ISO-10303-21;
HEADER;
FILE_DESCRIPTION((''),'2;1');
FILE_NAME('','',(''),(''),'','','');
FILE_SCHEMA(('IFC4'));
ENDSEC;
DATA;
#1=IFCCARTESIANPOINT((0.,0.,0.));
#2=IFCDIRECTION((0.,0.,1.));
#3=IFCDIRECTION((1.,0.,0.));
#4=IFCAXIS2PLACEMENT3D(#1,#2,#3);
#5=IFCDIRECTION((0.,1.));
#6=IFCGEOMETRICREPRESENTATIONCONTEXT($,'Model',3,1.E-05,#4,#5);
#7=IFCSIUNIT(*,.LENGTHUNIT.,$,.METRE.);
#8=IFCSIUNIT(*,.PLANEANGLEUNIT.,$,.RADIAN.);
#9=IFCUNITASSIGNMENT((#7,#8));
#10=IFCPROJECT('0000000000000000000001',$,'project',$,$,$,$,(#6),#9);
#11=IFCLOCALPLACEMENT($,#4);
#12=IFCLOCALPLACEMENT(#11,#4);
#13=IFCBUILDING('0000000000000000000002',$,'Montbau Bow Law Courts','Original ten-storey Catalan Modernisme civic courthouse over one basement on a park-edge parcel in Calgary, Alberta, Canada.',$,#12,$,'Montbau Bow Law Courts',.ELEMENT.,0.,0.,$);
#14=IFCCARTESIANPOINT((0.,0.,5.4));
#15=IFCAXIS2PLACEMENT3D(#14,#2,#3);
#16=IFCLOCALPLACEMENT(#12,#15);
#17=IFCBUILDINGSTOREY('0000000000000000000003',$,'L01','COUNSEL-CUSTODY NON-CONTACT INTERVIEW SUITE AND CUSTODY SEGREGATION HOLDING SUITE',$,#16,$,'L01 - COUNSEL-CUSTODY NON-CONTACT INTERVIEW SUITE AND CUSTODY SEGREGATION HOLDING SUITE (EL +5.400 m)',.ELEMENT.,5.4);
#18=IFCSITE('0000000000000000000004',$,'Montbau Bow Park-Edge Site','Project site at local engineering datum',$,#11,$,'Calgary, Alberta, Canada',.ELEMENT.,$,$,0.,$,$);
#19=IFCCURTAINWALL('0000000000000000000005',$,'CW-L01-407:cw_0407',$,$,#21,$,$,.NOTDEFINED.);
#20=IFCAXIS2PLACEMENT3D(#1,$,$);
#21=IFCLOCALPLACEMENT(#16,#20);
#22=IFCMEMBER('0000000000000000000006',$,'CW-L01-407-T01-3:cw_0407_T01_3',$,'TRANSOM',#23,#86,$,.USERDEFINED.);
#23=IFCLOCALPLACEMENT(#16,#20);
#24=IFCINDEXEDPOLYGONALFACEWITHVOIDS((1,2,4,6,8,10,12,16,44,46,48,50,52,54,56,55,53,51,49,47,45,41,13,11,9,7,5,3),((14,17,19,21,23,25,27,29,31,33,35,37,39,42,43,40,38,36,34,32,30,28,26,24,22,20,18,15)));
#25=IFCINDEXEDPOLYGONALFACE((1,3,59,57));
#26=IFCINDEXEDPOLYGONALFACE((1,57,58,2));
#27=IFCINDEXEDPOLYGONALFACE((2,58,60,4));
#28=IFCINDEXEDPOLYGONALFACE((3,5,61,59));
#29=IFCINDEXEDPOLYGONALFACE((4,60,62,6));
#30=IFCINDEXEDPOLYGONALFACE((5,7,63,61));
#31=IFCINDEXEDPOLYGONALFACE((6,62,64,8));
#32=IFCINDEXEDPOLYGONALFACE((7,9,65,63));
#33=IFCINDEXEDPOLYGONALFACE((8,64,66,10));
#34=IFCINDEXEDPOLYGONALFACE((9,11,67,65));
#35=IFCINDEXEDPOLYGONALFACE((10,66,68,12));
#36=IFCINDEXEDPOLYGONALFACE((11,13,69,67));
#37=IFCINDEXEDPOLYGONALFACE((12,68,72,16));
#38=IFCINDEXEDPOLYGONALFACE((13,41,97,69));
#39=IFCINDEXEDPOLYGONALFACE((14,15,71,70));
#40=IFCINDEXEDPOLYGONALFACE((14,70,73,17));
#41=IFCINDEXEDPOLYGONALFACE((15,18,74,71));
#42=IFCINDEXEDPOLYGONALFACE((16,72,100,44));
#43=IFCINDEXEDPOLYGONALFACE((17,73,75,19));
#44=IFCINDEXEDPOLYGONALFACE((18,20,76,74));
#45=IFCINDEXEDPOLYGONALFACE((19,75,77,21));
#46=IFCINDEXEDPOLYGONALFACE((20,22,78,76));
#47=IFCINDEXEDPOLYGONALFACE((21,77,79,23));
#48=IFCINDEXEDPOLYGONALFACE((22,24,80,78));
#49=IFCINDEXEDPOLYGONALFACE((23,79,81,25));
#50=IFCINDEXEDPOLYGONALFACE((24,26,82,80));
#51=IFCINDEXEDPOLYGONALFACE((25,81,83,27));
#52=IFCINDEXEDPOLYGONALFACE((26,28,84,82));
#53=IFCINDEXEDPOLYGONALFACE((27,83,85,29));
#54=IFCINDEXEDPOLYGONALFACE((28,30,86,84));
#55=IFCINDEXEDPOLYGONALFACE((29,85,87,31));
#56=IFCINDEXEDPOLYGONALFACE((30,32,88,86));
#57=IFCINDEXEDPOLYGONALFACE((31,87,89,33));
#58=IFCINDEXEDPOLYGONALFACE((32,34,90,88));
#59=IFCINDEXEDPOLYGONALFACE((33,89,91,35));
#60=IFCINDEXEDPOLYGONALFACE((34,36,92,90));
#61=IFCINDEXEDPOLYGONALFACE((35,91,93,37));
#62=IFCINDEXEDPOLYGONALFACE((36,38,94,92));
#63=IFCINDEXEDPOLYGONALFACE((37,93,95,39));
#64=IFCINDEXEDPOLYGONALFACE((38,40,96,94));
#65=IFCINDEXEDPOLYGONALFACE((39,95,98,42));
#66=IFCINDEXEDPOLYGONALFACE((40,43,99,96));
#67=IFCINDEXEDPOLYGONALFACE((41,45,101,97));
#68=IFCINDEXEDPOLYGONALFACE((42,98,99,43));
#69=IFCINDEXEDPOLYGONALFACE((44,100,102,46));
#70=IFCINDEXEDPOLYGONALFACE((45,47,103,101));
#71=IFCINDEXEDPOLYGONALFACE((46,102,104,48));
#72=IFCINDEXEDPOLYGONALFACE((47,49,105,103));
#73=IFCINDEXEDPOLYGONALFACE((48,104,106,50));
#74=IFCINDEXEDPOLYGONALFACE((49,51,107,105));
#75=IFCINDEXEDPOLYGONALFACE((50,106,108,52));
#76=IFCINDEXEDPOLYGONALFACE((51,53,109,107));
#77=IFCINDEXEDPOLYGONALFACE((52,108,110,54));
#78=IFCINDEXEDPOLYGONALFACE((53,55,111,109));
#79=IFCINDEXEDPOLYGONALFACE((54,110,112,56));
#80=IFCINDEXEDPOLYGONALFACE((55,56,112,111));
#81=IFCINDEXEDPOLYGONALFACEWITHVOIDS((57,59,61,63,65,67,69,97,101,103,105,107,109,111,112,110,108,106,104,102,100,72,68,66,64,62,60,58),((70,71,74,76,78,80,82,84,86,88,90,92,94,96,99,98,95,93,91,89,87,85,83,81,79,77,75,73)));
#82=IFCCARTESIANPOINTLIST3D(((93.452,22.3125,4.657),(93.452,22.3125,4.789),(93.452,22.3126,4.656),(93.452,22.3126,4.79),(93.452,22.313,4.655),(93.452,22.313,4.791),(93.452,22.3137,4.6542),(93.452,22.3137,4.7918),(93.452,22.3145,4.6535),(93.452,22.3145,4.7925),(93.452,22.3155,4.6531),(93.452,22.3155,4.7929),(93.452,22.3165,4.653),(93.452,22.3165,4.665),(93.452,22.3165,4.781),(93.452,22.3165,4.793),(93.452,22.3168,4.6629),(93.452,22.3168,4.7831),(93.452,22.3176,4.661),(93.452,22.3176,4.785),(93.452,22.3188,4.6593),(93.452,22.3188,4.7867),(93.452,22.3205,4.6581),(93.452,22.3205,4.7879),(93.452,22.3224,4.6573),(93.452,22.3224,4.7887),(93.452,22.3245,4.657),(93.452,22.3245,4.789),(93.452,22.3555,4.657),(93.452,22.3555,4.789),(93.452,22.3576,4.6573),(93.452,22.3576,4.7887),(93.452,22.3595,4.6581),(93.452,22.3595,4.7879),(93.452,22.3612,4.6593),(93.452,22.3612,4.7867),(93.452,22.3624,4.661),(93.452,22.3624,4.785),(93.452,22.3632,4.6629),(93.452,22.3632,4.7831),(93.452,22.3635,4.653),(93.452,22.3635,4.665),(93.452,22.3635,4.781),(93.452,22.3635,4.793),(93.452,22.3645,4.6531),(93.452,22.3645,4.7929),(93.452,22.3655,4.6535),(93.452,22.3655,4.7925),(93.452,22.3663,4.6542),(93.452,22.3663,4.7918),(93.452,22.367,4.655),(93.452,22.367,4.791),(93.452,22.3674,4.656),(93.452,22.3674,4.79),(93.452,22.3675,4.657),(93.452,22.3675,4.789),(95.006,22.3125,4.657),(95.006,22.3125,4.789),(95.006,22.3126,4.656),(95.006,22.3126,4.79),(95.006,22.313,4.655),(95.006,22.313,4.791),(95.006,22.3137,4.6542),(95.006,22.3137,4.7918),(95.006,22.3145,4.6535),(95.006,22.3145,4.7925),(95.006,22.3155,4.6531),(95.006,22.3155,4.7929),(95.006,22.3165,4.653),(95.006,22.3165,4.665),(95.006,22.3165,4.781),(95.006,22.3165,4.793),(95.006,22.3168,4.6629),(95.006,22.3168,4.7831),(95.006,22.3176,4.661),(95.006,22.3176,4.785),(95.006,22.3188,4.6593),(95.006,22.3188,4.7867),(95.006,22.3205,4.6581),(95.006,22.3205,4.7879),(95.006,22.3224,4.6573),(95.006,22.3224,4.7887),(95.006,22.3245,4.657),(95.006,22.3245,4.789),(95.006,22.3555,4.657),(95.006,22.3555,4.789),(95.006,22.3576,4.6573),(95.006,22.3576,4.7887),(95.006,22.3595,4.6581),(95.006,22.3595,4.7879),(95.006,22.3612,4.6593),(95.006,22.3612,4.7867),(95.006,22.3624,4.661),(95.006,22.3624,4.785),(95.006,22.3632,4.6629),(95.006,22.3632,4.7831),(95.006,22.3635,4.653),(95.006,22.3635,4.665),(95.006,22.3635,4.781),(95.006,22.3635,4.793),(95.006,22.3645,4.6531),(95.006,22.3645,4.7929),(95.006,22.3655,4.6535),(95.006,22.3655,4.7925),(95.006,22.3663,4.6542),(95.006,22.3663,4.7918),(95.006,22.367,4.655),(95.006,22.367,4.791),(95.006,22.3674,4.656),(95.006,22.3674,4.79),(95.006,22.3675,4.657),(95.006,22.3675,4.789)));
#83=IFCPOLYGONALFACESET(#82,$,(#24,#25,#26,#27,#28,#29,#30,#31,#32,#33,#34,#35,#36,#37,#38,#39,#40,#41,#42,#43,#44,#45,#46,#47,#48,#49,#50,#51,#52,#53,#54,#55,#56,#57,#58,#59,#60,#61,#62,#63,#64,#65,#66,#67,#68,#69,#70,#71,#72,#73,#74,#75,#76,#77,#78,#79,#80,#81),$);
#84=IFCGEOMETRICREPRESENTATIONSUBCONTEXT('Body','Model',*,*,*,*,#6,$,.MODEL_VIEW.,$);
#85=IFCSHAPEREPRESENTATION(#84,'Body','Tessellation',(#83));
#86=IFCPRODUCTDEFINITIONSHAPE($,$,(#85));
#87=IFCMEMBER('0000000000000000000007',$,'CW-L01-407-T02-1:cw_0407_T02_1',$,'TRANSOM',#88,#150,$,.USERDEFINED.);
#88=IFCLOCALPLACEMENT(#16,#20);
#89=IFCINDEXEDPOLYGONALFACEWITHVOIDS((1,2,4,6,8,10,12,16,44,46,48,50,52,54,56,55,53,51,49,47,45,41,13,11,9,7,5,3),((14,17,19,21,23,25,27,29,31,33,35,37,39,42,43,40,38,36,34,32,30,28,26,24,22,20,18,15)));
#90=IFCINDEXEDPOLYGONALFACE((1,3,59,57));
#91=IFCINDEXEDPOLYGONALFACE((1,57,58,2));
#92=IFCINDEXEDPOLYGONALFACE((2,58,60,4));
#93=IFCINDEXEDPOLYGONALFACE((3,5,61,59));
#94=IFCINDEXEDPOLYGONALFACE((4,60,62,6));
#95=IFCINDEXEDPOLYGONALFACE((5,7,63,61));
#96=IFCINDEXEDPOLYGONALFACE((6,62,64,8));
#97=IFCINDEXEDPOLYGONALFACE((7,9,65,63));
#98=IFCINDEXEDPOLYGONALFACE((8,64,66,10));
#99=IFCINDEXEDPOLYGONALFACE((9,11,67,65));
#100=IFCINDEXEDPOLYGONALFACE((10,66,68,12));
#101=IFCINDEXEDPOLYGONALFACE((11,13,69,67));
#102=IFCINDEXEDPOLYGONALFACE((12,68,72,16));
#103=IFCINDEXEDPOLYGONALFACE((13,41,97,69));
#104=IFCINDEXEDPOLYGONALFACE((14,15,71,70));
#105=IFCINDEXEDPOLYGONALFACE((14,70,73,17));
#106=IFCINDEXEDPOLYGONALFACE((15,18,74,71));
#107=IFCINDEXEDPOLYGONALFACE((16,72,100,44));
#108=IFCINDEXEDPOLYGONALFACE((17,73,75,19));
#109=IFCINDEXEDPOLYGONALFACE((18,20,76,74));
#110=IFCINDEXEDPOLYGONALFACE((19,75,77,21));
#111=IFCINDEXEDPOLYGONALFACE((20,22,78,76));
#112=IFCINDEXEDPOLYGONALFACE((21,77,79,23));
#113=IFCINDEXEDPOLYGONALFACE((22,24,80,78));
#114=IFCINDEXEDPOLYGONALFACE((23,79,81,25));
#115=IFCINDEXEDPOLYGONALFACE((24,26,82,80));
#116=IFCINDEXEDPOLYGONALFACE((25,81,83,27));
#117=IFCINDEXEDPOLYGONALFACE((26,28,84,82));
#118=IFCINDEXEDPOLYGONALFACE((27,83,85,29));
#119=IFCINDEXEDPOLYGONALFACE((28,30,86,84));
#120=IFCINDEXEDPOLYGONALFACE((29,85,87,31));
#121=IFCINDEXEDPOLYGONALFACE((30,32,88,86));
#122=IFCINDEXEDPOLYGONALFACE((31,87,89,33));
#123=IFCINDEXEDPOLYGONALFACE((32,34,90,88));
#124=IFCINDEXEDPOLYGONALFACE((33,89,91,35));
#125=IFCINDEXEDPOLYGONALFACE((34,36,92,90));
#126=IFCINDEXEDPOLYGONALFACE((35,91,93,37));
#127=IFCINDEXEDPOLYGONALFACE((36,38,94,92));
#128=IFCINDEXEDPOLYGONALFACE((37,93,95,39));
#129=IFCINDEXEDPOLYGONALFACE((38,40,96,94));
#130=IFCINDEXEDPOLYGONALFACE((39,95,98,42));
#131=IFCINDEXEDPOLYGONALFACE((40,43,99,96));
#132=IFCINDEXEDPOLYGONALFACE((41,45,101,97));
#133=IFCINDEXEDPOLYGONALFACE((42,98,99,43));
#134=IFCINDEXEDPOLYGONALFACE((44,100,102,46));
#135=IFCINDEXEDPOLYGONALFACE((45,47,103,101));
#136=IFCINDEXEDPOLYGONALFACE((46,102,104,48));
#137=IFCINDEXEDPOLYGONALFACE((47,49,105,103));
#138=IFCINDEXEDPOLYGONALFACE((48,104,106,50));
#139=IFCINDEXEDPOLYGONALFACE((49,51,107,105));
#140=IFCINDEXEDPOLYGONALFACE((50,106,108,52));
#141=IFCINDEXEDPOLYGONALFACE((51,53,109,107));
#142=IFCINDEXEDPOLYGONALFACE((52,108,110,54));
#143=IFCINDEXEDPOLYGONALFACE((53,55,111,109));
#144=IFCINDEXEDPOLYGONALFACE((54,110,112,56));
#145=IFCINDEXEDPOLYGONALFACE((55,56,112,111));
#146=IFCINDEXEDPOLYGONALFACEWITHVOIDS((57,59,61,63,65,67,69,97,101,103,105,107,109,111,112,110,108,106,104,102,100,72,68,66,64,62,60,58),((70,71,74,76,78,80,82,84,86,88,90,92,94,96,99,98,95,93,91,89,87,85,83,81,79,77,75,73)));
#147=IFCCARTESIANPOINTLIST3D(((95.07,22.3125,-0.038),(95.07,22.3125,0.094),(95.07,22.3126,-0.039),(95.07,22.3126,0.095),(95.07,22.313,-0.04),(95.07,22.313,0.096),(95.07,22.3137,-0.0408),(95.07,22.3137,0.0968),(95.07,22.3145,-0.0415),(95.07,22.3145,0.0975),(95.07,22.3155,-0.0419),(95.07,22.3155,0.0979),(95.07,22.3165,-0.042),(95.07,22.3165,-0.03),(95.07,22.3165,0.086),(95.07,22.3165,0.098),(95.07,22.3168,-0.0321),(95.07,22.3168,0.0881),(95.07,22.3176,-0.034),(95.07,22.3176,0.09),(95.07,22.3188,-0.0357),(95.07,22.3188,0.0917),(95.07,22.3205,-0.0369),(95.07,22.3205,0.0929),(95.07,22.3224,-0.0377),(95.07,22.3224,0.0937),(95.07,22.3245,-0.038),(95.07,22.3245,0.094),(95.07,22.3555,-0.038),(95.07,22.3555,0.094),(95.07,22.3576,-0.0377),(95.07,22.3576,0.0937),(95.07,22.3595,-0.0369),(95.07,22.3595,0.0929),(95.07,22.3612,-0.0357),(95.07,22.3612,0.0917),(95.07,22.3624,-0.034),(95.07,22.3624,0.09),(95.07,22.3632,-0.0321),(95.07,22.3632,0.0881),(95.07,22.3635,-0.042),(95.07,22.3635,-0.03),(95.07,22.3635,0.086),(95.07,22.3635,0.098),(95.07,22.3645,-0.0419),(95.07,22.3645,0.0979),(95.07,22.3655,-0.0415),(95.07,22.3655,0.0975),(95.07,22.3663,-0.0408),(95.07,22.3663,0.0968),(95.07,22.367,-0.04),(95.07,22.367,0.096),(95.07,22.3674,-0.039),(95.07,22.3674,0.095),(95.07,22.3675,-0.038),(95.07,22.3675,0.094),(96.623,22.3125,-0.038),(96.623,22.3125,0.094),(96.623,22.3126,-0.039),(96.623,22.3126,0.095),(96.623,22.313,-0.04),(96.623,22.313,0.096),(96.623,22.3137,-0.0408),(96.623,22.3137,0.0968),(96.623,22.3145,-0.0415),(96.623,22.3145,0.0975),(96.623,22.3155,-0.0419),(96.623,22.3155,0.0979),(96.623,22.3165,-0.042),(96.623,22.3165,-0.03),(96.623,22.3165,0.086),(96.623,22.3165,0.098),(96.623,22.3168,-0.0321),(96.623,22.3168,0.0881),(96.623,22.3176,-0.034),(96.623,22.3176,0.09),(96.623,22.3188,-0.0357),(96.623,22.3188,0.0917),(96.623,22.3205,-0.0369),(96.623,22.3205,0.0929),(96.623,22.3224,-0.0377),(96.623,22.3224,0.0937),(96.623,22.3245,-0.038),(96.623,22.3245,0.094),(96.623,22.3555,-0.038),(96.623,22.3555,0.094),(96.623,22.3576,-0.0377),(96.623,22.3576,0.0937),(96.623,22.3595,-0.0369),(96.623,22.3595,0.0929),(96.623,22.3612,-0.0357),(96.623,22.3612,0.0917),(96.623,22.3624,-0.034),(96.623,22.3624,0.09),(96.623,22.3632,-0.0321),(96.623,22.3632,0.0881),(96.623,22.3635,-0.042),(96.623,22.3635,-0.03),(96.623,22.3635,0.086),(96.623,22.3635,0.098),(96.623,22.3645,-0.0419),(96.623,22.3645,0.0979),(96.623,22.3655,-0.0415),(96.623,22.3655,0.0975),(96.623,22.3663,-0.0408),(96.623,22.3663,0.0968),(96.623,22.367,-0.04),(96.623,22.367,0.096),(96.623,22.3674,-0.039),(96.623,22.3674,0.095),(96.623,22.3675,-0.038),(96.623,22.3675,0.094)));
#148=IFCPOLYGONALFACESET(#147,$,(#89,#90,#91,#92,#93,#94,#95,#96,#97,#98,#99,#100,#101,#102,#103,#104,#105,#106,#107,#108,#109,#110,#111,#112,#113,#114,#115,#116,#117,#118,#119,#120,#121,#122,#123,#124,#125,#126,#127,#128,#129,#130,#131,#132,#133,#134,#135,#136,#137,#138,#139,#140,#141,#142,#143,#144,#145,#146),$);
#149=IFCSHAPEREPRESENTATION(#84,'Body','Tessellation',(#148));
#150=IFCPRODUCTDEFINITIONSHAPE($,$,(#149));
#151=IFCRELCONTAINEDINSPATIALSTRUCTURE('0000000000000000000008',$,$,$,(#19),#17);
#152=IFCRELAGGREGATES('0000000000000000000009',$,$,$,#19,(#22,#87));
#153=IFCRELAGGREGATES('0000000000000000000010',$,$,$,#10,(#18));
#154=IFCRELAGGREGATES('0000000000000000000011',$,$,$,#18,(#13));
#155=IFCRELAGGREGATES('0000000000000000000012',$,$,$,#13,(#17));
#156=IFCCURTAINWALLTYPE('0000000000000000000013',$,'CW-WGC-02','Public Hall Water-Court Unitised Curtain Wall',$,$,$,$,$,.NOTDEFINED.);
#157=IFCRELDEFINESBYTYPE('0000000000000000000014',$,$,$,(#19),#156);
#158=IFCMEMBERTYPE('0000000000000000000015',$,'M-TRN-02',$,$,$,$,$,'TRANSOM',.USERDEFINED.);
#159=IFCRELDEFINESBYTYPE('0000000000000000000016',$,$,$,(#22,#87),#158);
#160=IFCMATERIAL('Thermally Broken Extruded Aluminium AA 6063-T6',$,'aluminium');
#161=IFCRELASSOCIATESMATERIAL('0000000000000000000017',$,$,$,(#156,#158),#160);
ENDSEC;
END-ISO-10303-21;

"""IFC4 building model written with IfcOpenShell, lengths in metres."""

from ifc_helpers import new_model, si_unit, direction, frame, origin_with_axes, origin_2d_with_axis, place, context, subcontext, project, spatial, hollow_rectangle, extrude, material, material_profile, profile_set, type_object, element, aggregate, save


model = new_model("IFC4")

# Units and contexts
model_context = context("Model", 3, precision=1e-05, world=origin_with_axes(), true_north=direction((0.0, 1.0)))
body_context = subcontext(model_context, "Body", "Model", "MODEL_VIEW")
ifc_project = project(units=[si_unit("LENGTHUNIT", "METRE"), si_unit("PLANEANGLEUNIT", "RADIAN")], contexts=[model_context])

# Site, building, storey
site_placement = place(None, origin_with_axes())
site = spatial("IfcSite", under=ifc_project, at=site_placement, Name="Montbau Bow Park-Edge Site", Description="Project site at local engineering datum", LongName="Calgary, Alberta, Canada", CompositionType="ELEMENT", RefElevation=0.0)
building_placement = place(site_placement, origin_with_axes())
building = spatial("IfcBuilding", under=site, at=building_placement, Name="Montbau Bow Law Courts", Description="Original ten-storey Catalan Modernisme civic courthouse over one basement on a park-edge parcel in Calgary, Alberta, Canada.", LongName="Montbau Bow Law Courts", CompositionType="ELEMENT", ElevationOfRefHeight=0.0, ElevationOfTerrain=0.0)
storey_placement = place(building_placement, frame((0.0, 0.0, 5.4), z_axis=(0.0, 0.0, 1.0), x_axis=(1.0, 0.0, 0.0)))
storey = spatial("IfcBuildingStorey", under=building, at=storey_placement, Name="L01", Description="COUNSEL-CUSTODY NON-CONTACT INTERVIEW SUITE AND CUSTODY SEGREGATION HOLDING SUITE", LongName="L01 - COUNSEL-CUSTODY NON-CONTACT INTERVIEW SUITE AND CUSTODY SEGREGATION HOLDING SUITE (EL +5.400 m)", CompositionType="ELEMENT", Elevation=5.4)

# Curtain wall
ifc_material_1 = material(Name="Thermally Broken Extruded Aluminium AA 6063-T6", Category="aluminium")
curtain_wall_type = type_object("IfcCurtainWallType", Name="CW-WGC-02", Description="Public Hall Water-Court Unitised Curtain Wall", PredefinedType="NOTDEFINED", material=ifc_material_1)
curtain_wall_1_placement = place(None, frame((93.39, 22.34, 5.4), z_axis=(0.0, 0.0, 1.0), x_axis=(1.0, 0.0, 0.0)))
curtain_wall_1 = element("IfcCurtainWall", 1, at=curtain_wall_1_placement, inside=storey, type_object=curtain_wall_type, Name="CW-L01-407:cw_0407", PredefinedType="NOTDEFINED")

# Members
ifc_material_profile_1 = material_profile(ifc_material_1, hollow_rectangle(XDim=0.055, YDim=0.14, WallThickness=0.004, InnerFilletRadius=0.008, OuterFilletRadius=0.004, at=origin_2d_with_axis()), Name="CWT-140X55", Category="Main", Priority=0)
ifc_profile_set_1 = profile_set([ifc_material_profile_1], Name="Thermally Broken Extruded Aluminium AA 6063-T6")
member_type_1 = type_object("IfcMemberType", Name="M-TRN-02", ElementType="TRANSOM", PredefinedType="USERDEFINED", material=ifc_profile_set_1)
member_1_placement = place(None, frame((93.452, 22.34, 10.123), z_axis=(1.0, 0.0, 0.0), x_axis=(0.0, 1.0, 0.0)))
member_1 = element("IfcMember", 2, at=member_1_placement, type_object=member_type_1, Name="CW-L01-407-T01-3:cw_0407_T01_3", ObjectType="TRANSOM", PredefinedType="USERDEFINED", context=body_context, shape_type="SweptSolid", body=[
    extrude(hollow_rectangle(XDim=0.055, YDim=0.14, WallThickness=0.004, InnerFilletRadius=0.008, OuterFilletRadius=0.004, at=origin_2d_with_axis()), origin_with_axes(), (0.0, 0.0, 1.0), 1.554),
])
member_2_placement = place(None, frame((95.07, 22.34, 5.428), z_axis=(1.0, 0.0, 0.0), x_axis=(0.0, 1.0, 0.0)))
member_2 = element("IfcMember", 3, at=member_2_placement, type_object=member_type_1, Name="CW-L01-407-T02-1:cw_0407_T02_1", ObjectType="TRANSOM", PredefinedType="USERDEFINED", context=body_context, shape_type="SweptSolid", body=[
    extrude(hollow_rectangle(XDim=0.055, YDim=0.14, WallThickness=0.004, InnerFilletRadius=0.008, OuterFilletRadius=0.004, at=origin_2d_with_axis()), origin_with_axes(), (0.0, 0.0, 1.0), 1.553),
])

aggregate(curtain_wall_1, [member_1, member_2])

save(model, "model.ifc")
